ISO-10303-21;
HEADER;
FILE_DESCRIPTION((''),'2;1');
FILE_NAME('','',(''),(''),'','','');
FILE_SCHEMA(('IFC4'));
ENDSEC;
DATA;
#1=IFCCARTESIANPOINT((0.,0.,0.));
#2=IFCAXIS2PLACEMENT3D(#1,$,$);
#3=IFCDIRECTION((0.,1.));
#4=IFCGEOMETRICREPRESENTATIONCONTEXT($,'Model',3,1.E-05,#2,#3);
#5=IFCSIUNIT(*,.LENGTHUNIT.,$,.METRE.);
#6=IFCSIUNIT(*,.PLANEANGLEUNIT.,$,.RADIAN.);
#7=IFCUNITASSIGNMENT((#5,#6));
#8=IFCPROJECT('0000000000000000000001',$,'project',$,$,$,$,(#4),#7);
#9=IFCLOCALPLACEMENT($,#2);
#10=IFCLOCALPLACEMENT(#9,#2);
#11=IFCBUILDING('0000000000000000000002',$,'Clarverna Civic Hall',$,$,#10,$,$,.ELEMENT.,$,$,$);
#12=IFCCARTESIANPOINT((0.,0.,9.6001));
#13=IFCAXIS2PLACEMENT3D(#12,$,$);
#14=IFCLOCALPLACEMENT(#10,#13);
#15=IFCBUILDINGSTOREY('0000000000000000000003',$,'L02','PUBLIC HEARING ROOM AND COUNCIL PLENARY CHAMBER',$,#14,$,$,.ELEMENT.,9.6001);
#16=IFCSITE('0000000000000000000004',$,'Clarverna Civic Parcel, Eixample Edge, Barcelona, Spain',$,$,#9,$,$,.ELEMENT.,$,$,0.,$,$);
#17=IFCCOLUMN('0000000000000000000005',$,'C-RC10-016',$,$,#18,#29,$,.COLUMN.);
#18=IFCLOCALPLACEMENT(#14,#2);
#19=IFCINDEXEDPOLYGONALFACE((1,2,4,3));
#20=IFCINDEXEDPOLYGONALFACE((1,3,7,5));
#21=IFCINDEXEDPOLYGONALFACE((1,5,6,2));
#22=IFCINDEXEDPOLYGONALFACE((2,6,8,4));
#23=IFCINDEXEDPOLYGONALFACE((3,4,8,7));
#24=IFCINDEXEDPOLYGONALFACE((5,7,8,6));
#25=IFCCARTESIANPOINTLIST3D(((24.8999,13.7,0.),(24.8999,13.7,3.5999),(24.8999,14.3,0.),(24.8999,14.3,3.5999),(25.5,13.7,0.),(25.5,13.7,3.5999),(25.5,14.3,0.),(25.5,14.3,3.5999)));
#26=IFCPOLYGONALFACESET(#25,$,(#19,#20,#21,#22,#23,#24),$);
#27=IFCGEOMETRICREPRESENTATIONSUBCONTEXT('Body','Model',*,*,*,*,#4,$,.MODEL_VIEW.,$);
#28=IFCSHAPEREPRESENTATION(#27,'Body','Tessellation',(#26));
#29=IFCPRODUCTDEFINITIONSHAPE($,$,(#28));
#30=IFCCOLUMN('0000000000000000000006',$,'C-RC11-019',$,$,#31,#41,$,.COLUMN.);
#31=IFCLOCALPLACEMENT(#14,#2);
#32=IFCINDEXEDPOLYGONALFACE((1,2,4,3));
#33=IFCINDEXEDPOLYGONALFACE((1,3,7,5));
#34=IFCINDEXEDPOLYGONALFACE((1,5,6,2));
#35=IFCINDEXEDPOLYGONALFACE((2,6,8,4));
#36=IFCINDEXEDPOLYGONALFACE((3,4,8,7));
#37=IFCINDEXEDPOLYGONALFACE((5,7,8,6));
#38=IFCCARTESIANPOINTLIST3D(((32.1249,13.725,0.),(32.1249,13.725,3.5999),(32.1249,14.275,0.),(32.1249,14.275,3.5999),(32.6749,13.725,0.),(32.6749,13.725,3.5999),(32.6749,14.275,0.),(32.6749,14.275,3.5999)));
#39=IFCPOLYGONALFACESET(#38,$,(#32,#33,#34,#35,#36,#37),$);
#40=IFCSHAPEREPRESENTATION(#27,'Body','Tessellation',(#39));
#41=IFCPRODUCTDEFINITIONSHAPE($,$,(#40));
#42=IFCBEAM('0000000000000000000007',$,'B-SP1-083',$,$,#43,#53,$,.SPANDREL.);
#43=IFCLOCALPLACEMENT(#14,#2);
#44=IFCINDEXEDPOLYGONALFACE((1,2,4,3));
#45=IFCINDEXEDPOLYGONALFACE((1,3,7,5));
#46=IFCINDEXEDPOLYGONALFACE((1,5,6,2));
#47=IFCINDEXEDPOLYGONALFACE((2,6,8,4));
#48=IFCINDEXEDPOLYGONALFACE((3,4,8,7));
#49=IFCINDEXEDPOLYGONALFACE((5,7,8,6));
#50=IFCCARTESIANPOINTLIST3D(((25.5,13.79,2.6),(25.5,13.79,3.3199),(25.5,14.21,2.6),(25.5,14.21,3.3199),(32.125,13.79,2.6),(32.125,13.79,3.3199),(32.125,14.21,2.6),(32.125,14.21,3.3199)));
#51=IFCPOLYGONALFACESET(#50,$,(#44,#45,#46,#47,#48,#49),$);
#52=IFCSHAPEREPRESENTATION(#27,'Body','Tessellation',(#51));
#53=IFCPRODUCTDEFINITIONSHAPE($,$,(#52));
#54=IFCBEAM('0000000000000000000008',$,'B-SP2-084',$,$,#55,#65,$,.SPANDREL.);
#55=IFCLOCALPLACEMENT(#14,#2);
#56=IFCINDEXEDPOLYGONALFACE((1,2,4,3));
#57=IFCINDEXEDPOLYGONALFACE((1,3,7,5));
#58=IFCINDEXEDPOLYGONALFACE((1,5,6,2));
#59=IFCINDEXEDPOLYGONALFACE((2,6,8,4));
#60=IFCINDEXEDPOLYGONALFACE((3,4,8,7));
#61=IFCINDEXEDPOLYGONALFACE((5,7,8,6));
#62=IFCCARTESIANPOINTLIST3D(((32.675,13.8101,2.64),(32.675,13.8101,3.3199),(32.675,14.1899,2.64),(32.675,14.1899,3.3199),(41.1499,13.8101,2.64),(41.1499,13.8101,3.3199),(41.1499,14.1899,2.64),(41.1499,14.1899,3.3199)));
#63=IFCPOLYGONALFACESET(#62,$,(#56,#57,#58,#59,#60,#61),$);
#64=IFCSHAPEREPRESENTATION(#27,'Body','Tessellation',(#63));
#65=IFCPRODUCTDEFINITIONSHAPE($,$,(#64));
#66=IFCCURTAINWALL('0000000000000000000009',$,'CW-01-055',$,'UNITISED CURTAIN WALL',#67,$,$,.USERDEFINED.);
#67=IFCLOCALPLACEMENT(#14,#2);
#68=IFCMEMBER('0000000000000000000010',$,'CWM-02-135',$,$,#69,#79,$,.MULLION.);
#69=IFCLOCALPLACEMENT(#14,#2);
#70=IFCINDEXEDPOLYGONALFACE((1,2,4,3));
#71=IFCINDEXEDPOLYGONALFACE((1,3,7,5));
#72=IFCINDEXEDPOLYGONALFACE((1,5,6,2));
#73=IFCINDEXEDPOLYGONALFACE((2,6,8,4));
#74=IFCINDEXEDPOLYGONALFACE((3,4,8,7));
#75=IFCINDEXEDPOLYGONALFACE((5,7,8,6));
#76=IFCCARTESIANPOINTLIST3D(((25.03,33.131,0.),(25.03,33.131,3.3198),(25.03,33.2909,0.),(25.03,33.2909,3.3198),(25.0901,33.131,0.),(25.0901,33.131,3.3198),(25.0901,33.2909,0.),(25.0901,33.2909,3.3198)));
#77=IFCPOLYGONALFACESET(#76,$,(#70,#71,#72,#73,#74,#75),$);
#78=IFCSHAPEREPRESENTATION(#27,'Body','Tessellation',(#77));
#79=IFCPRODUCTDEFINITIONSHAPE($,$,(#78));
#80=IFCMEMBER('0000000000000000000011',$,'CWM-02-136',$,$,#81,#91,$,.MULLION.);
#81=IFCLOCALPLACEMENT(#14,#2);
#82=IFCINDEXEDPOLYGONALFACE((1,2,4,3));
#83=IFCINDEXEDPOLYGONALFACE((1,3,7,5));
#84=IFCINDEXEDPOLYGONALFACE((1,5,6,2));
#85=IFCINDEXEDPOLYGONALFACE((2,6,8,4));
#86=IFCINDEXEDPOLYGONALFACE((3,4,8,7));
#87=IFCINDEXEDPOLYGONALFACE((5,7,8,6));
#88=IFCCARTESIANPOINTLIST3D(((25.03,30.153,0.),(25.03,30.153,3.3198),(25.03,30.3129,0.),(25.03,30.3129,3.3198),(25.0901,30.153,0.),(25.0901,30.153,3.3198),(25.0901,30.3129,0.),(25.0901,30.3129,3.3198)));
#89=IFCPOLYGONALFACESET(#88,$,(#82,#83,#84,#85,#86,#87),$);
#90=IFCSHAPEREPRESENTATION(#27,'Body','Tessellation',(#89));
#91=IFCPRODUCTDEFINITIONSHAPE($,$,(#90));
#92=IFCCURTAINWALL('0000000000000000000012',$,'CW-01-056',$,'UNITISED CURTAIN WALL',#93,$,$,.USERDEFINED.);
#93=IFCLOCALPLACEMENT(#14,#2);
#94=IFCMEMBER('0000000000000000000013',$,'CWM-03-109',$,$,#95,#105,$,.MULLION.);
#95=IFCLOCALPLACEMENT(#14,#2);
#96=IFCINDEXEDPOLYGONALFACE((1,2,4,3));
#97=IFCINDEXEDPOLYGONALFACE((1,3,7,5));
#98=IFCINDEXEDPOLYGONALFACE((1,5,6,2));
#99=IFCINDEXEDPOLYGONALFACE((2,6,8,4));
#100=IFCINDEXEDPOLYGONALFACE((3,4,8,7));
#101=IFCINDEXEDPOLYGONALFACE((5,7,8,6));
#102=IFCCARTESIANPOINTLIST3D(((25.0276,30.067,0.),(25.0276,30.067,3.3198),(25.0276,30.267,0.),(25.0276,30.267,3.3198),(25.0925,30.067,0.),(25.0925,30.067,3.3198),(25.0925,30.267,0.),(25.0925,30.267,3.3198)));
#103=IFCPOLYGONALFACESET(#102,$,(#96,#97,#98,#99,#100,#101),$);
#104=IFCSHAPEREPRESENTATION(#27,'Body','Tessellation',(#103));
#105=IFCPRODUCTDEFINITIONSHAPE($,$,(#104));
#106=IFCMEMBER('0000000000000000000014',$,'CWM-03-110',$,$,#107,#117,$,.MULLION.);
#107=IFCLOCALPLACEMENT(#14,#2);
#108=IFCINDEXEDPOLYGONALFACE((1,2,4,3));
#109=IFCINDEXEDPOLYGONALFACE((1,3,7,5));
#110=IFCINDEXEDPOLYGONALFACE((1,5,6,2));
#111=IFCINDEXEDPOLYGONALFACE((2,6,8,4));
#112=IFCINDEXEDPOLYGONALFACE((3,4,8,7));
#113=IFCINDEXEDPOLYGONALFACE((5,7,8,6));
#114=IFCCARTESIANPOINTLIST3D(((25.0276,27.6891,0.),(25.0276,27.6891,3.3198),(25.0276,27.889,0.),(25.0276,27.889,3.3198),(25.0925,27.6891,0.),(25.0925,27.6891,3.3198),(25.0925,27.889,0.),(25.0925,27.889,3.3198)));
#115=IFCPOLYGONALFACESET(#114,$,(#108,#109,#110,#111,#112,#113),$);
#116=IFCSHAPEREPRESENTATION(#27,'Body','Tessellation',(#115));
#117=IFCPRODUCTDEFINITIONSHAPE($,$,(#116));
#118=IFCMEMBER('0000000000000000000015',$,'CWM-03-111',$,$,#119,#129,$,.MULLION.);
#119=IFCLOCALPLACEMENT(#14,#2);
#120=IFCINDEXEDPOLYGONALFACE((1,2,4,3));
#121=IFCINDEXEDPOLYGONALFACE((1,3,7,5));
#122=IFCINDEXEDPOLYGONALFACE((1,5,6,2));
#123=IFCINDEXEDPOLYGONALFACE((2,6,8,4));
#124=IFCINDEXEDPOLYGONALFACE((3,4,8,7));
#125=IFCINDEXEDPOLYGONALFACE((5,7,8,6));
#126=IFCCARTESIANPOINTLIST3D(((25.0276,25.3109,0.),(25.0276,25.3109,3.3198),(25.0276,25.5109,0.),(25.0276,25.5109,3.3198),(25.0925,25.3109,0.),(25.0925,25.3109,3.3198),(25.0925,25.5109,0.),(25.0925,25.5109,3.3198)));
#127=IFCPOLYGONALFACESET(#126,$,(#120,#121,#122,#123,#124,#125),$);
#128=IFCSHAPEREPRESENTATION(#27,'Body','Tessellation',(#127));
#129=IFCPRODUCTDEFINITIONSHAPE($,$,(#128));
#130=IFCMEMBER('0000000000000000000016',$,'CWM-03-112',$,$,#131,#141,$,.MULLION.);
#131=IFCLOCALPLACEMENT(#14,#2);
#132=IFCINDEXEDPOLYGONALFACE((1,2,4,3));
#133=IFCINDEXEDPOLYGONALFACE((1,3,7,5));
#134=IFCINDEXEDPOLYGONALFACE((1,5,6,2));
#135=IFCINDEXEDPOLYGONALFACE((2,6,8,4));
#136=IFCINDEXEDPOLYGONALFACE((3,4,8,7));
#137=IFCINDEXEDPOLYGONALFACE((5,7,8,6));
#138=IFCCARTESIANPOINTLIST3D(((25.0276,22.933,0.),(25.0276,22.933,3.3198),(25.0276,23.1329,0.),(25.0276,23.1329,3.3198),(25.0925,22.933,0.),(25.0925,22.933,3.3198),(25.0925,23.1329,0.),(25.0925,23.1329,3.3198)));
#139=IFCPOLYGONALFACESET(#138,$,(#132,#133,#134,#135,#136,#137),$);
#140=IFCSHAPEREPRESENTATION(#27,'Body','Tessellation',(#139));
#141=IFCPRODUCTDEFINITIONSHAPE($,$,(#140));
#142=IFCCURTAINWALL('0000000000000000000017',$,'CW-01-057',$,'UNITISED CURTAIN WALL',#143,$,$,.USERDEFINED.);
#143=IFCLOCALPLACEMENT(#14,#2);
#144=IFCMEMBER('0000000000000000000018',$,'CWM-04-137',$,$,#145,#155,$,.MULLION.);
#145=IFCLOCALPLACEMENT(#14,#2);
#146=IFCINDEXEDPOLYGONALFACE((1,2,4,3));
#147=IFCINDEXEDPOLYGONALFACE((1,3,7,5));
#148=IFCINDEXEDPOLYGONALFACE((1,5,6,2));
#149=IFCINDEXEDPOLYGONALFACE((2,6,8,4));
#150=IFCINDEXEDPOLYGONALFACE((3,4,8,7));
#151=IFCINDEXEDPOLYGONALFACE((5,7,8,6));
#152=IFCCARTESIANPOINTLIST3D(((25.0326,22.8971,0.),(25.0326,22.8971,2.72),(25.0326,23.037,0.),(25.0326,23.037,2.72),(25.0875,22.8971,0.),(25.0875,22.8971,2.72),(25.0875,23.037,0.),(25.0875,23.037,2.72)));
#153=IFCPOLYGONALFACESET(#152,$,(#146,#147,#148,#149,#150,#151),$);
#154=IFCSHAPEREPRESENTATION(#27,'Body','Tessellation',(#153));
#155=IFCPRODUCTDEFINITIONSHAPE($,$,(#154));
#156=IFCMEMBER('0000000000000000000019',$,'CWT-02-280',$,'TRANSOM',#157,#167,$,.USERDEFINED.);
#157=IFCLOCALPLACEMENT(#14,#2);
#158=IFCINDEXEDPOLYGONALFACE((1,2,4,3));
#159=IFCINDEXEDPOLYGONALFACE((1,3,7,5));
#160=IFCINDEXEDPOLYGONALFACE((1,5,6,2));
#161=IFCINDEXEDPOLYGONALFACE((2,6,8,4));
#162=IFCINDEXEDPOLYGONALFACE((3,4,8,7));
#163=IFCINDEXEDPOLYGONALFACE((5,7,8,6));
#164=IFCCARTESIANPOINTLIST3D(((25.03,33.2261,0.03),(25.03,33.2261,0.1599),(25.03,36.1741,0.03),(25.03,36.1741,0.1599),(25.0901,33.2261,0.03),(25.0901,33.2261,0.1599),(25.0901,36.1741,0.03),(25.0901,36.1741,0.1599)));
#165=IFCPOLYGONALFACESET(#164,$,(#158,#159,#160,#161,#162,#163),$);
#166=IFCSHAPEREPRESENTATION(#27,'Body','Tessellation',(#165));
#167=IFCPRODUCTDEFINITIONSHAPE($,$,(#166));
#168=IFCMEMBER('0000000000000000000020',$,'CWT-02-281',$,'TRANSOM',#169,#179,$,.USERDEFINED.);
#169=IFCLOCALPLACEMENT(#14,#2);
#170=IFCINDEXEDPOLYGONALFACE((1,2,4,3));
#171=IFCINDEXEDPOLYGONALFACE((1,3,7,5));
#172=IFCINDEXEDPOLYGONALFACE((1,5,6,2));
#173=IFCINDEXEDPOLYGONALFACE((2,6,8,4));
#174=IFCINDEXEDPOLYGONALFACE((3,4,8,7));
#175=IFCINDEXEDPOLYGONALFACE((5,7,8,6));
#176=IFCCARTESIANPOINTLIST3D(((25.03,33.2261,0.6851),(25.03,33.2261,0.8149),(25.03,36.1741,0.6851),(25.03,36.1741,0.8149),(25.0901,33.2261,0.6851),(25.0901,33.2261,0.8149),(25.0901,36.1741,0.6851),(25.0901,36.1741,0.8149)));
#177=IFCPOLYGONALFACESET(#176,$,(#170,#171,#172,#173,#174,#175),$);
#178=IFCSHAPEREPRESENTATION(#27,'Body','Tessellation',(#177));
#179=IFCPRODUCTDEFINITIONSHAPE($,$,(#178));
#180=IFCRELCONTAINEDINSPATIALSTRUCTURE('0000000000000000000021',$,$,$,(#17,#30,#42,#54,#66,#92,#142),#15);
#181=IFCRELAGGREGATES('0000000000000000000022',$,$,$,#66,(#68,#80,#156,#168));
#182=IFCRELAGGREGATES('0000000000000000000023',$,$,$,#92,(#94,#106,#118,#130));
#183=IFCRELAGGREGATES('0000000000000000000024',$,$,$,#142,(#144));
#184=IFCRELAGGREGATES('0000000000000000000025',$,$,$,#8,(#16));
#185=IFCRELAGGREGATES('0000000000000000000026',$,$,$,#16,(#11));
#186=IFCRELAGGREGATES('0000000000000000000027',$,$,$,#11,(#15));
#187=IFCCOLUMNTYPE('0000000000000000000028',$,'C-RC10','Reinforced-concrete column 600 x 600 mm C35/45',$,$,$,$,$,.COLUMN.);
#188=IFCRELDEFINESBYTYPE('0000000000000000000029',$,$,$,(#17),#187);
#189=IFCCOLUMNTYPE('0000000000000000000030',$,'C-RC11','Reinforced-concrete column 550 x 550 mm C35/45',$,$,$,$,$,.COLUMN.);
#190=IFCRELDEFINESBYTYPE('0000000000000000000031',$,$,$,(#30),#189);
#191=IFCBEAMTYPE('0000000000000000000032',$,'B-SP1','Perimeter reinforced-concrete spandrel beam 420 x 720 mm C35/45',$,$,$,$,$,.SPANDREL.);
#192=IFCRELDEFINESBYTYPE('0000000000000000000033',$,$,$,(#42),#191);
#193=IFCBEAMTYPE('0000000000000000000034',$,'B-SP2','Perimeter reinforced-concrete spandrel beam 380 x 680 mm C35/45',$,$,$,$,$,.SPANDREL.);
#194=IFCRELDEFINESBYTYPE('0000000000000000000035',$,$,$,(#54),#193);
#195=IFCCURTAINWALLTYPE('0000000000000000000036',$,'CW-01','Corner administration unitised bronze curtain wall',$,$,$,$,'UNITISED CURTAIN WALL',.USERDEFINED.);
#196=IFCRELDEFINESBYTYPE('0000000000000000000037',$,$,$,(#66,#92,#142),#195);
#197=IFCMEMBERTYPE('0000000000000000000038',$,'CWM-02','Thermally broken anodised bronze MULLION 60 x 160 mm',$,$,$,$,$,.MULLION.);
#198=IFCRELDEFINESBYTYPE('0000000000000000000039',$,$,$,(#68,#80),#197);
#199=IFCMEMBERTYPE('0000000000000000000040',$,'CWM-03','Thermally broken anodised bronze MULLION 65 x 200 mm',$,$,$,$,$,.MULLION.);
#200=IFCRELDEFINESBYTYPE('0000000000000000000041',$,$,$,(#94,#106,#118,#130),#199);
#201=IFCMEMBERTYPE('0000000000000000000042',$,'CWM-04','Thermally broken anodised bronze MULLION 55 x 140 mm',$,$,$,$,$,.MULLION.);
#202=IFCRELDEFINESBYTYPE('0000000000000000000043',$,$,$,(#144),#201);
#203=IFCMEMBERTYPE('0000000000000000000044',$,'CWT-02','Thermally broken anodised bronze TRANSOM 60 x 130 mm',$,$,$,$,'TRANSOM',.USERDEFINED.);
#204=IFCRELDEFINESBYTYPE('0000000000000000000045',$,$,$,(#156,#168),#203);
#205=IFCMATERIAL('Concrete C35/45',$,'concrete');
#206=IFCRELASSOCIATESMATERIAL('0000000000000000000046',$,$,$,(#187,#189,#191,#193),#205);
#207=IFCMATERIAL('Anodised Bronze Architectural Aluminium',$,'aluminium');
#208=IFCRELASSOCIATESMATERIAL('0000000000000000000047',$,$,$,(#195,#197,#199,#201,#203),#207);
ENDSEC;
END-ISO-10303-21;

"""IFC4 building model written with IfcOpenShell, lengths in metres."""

from ifc_helpers import new_model, si_unit, direction, frame, origin, origin_2d, place, context, subcontext, project, spatial, rectangle, extrude, material, material_profile, profile_set, type_object, element, aggregate, save


model = new_model("IFC4")

# Units and contexts
model_context = context("Model", 3, precision=1e-05, world=origin(), true_north=direction((0.0, 1.0)))
body_context = subcontext(model_context, "Body", "Model", "MODEL_VIEW")
ifc_project = project(units=[si_unit("LENGTHUNIT", "METRE"), si_unit("PLANEANGLEUNIT", "RADIAN")], contexts=[model_context])

# Site, building, storey
site_placement = place(None, origin())
site = spatial("IfcSite", under=ifc_project, at=site_placement, Name="Clarverna Civic Parcel, Eixample Edge, Barcelona, Spain", CompositionType="ELEMENT", RefElevation=0.0)
building_placement = place(site_placement, origin())
building = spatial("IfcBuilding", under=site, at=building_placement, Name="Clarverna Civic Hall", CompositionType="ELEMENT")
storey_placement = place(building_placement, frame((0.0, 0.0, 9.6001)))
storey = spatial("IfcBuildingStorey", under=building, at=storey_placement, Name="L02", Description="PUBLIC HEARING ROOM AND COUNCIL PLENARY CHAMBER", CompositionType="ELEMENT", Elevation=9.6001)

# Columns
ifc_material_1 = material(Name="Concrete C35/45", Category="concrete")
ifc_material_profile_1 = material_profile(ifc_material_1, rectangle(XDim=0.6001, YDim=0.6001, at=origin_2d()), Name="RC 600x600")
ifc_profile_set_1 = profile_set([ifc_material_profile_1], Name="Concrete C35/45")
column_type_1 = type_object("IfcColumnType", Name="C-RC10", Description="Reinforced-concrete column 600 x 600 mm C35/45", PredefinedType="COLUMN", material=ifc_profile_set_1)
column_1_placement = place(storey_placement, frame((25.2, 14.0, 0.0), z_axis=(0.0, 0.0, 1.0), x_axis=(1.0, 0.0, 0.0)))
element("IfcColumn", 1, at=column_1_placement, inside=storey, type_object=column_type_1, Name="C-RC10-016", PredefinedType="COLUMN", context=body_context, shape_type="SweptSolid", body=[
    extrude(rectangle(XDim=0.6001, YDim=0.6001, at=origin_2d()), origin(), (0.0, 0.0, 1.0), 3.5999),
])
ifc_material_profile_2 = material_profile(ifc_material_1, rectangle(XDim=0.55, YDim=0.55, at=origin_2d()), Name="RC 550x550")
ifc_profile_set_2 = profile_set([ifc_material_profile_2], Name="Concrete C35/45")
column_type_2 = type_object("IfcColumnType", Name="C-RC11", Description="Reinforced-concrete column 550 x 550 mm C35/45", PredefinedType="COLUMN", material=ifc_profile_set_2)
column_2_placement = place(storey_placement, frame((32.3999, 14.0, 0.0), z_axis=(0.0, 0.0, 1.0), x_axis=(1.0, 0.0, 0.0)))
element("IfcColumn", 2, at=column_2_placement, inside=storey, type_object=column_type_2, Name="C-RC11-019", PredefinedType="COLUMN", context=body_context, shape_type="SweptSolid", body=[
    extrude(rectangle(XDim=0.55, YDim=0.55, at=origin_2d()), origin(), (0.0, 0.0, 1.0), 3.5999),
])

# Beams
ifc_material_profile_3 = material_profile(ifc_material_1, rectangle(XDim=0.4199, YDim=0.72, at=origin_2d()), Name="RC 420x720")
ifc_profile_set_3 = profile_set([ifc_material_profile_3], Name="Concrete C35/45")
beam_type_1 = type_object("IfcBeamType", Name="B-SP1", Description="Perimeter reinforced-concrete spandrel beam 420 x 720 mm C35/45", PredefinedType="SPANDREL", material=ifc_profile_set_3)
beam_1_placement = place(storey_placement, frame((25.5, 14.0, 2.96), z_axis=(1.0, 0.0, 0.0), x_axis=(0.0, 1.0, 0.0)))
element("IfcBeam", 3, at=beam_1_placement, inside=storey, type_object=beam_type_1, Name="B-SP1-083", PredefinedType="SPANDREL", context=body_context, shape_type="SweptSolid", body=[
    extrude(rectangle(XDim=0.4199, YDim=0.72, at=origin_2d()), origin(), (0.0, 0.0, 1.0), 6.625),
])
ifc_material_profile_4 = material_profile(ifc_material_1, rectangle(XDim=0.3799, YDim=0.6799, at=origin_2d()), Name="RC 380x680")
ifc_profile_set_4 = profile_set([ifc_material_profile_4], Name="Concrete C35/45")
beam_type_2 = type_object("IfcBeamType", Name="B-SP2", Description="Perimeter reinforced-concrete spandrel beam 380 x 680 mm C35/45", PredefinedType="SPANDREL", material=ifc_profile_set_4)
beam_2_placement = place(storey_placement, frame((32.675, 14.0, 2.98), z_axis=(1.0, 0.0, 0.0), x_axis=(0.0, 1.0, 0.0)))
element("IfcBeam", 4, at=beam_2_placement, inside=storey, type_object=beam_type_2, Name="B-SP2-084", PredefinedType="SPANDREL", context=body_context, shape_type="SweptSolid", body=[
    extrude(rectangle(XDim=0.3799, YDim=0.6799, at=origin_2d()), origin(), (0.0, 0.0, 1.0), 8.4749),
])

# Curtain walls, members
ifc_material_2 = material(Name="Anodised Bronze Architectural Aluminium", Category="aluminium")
curtain_wall_type = type_object("IfcCurtainWallType", Name="CW-01", Description="Corner administration unitised bronze curtain wall", ElementType="UNITISED CURTAIN WALL", PredefinedType="USERDEFINED", material=ifc_material_2)
curtain_wall_1_placement = place(storey_placement, origin())
curtain_wall_1 = element("IfcCurtainWall", 5, at=curtain_wall_1_placement, inside=storey, type_object=curtain_wall_type, Name="CW-01-055", ObjectType="UNITISED CURTAIN WALL", PredefinedType="USERDEFINED")
ifc_material_profile_5 = material_profile(ifc_material_2, rectangle(XDim=0.0601, YDim=0.1599, at=origin_2d()), Name="BRONZE 60x160")
ifc_profile_set_5 = profile_set([ifc_material_profile_5], Name="Anodised Bronze Architectural Aluminium")
member_type_1 = type_object("IfcMemberType", Name="CWM-02", Description="Thermally broken anodised bronze MULLION 60 x 160 mm", PredefinedType="MULLION", material=ifc_profile_set_5)
member_1_placement = place(storey_placement, frame((25.0601, 33.2109, 0.0), z_axis=(0.0, 0.0, 1.0), x_axis=(1.0, 0.0, 0.0)))
member_1 = element("IfcMember", 6, at=member_1_placement, type_object=member_type_1, Name="CWM-02-135", PredefinedType="MULLION", context=body_context, shape_type="SweptSolid", body=[
    extrude(rectangle(XDim=0.0601, YDim=0.1599, at=origin_2d()), origin(), (0.0, 0.0, 1.0), 3.3198),
])
member_2_placement = place(storey_placement, frame((25.0601, 30.2329, 0.0), z_axis=(0.0, 0.0, 1.0), x_axis=(1.0, 0.0, 0.0)))
member_2 = element("IfcMember", 7, at=member_2_placement, type_object=member_type_1, Name="CWM-02-136", PredefinedType="MULLION", context=body_context, shape_type="SweptSolid", body=[
    extrude(rectangle(XDim=0.0601, YDim=0.1599, at=origin_2d()), origin(), (0.0, 0.0, 1.0), 3.3198),
])
curtain_wall_2_placement = place(storey_placement, origin())
curtain_wall_2 = element("IfcCurtainWall", 8, at=curtain_wall_2_placement, inside=storey, type_object=curtain_wall_type, Name="CW-01-056", ObjectType="UNITISED CURTAIN WALL", PredefinedType="USERDEFINED")
ifc_material_profile_6 = material_profile(ifc_material_2, rectangle(XDim=0.0649, YDim=0.2, at=origin_2d()), Name="BRONZE 65x200")
ifc_profile_set_6 = profile_set([ifc_material_profile_6], Name="Anodised Bronze Architectural Aluminium")
member_type_2 = type_object("IfcMemberType", Name="CWM-03", Description="Thermally broken anodised bronze MULLION 65 x 200 mm", PredefinedType="MULLION", material=ifc_profile_set_6)
member_3_placement = place(storey_placement, frame((25.0601, 30.167, 0.0), z_axis=(0.0, 0.0, 1.0), x_axis=(1.0, 0.0, 0.0)))
member_3 = element("IfcMember", 9, at=member_3_placement, type_object=member_type_2, Name="CWM-03-109", PredefinedType="MULLION", context=body_context, shape_type="SweptSolid", body=[
    extrude(rectangle(XDim=0.0649, YDim=0.2, at=origin_2d()), origin(), (0.0, 0.0, 1.0), 3.3198),
])
member_4_placement = place(storey_placement, frame((25.0601, 27.7891, 0.0), z_axis=(0.0, 0.0, 1.0), x_axis=(1.0, 0.0, 0.0)))
member_4 = element("IfcMember", 10, at=member_4_placement, type_object=member_type_2, Name="CWM-03-110", PredefinedType="MULLION", context=body_context, shape_type="SweptSolid", body=[
    extrude(rectangle(XDim=0.0649, YDim=0.2, at=origin_2d()), origin(), (0.0, 0.0, 1.0), 3.3198),
])
member_5_placement = place(storey_placement, frame((25.0601, 25.4109, 0.0), z_axis=(0.0, 0.0, 1.0), x_axis=(1.0, 0.0, 0.0)))
member_5 = element("IfcMember", 11, at=member_5_placement, type_object=member_type_2, Name="CWM-03-111", PredefinedType="MULLION", context=body_context, shape_type="SweptSolid", body=[
    extrude(rectangle(XDim=0.0649, YDim=0.2, at=origin_2d()), origin(), (0.0, 0.0, 1.0), 3.3198),
])
member_6_placement = place(storey_placement, frame((25.0601, 23.033, 0.0), z_axis=(0.0, 0.0, 1.0), x_axis=(1.0, 0.0, 0.0)))
member_6 = element("IfcMember", 12, at=member_6_placement, type_object=member_type_2, Name="CWM-03-112", PredefinedType="MULLION", context=body_context, shape_type="SweptSolid", body=[
    extrude(rectangle(XDim=0.0649, YDim=0.2, at=origin_2d()), origin(), (0.0, 0.0, 1.0), 3.3198),
])

# Curtain wall, member
curtain_wall_3_placement = place(storey_placement, origin())
curtain_wall_3 = element("IfcCurtainWall", 13, at=curtain_wall_3_placement, inside=storey, type_object=curtain_wall_type, Name="CW-01-057", ObjectType="UNITISED CURTAIN WALL", PredefinedType="USERDEFINED")
ifc_material_profile_7 = material_profile(ifc_material_2, rectangle(XDim=0.0549, YDim=0.1399, at=origin_2d()), Name="BRONZE 55x140")
ifc_profile_set_7 = profile_set([ifc_material_profile_7], Name="Anodised Bronze Architectural Aluminium")
member_type_3 = type_object("IfcMemberType", Name="CWM-04", Description="Thermally broken anodised bronze MULLION 55 x 140 mm", PredefinedType="MULLION", material=ifc_profile_set_7)
member_7_placement = place(storey_placement, frame((25.0601, 22.967, 0.0), z_axis=(0.0, 0.0, 1.0), x_axis=(1.0, 0.0, 0.0)))
member_7 = element("IfcMember", 14, at=member_7_placement, type_object=member_type_3, Name="CWM-04-137", PredefinedType="MULLION", context=body_context, shape_type="SweptSolid", body=[
    extrude(rectangle(XDim=0.0549, YDim=0.1399, at=origin_2d()), origin(), (0.0, 0.0, 1.0), 2.72),
])

# Members
ifc_material_profile_8 = material_profile(ifc_material_2, rectangle(XDim=0.0601, YDim=0.1299, at=origin_2d()), Name="BRONZE 60x130")
ifc_profile_set_8 = profile_set([ifc_material_profile_8], Name="Anodised Bronze Architectural Aluminium")
member_type_4 = type_object("IfcMemberType", Name="CWT-02", Description="Thermally broken anodised bronze TRANSOM 60 x 130 mm", ElementType="TRANSOM", PredefinedType="USERDEFINED", material=ifc_profile_set_8)
member_8_placement = place(storey_placement, frame((25.0601, 36.1741, 0.095), z_axis=(0.0, -1.0, 0.0), x_axis=(1.0, 0.0, 0.0)))
member_8 = element("IfcMember", 15, at=member_8_placement, type_object=member_type_4, Name="CWT-02-280", ObjectType="TRANSOM", PredefinedType="USERDEFINED", context=body_context, shape_type="SweptSolid", body=[
    extrude(rectangle(XDim=0.0601, YDim=0.1299, at=origin_2d()), origin(), (0.0, 0.0, 1.0), 2.948),
])
member_9_placement = place(storey_placement, frame((25.0601, 36.1741, 0.75), z_axis=(0.0, -1.0, 0.0), x_axis=(1.0, 0.0, 0.0)))
member_9 = element("IfcMember", 16, at=member_9_placement, type_object=member_type_4, Name="CWT-02-281", ObjectType="TRANSOM", PredefinedType="USERDEFINED", context=body_context, shape_type="SweptSolid", body=[
    extrude(rectangle(XDim=0.0601, YDim=0.1299, at=origin_2d()), origin(), (0.0, 0.0, 1.0), 2.948),
])

aggregate(curtain_wall_1, [member_1, member_2, member_8, member_9])
aggregate(curtain_wall_2, [member_3, member_4, member_5, member_6])
aggregate(curtain_wall_3, [member_7])

save(model, "model.ifc")
